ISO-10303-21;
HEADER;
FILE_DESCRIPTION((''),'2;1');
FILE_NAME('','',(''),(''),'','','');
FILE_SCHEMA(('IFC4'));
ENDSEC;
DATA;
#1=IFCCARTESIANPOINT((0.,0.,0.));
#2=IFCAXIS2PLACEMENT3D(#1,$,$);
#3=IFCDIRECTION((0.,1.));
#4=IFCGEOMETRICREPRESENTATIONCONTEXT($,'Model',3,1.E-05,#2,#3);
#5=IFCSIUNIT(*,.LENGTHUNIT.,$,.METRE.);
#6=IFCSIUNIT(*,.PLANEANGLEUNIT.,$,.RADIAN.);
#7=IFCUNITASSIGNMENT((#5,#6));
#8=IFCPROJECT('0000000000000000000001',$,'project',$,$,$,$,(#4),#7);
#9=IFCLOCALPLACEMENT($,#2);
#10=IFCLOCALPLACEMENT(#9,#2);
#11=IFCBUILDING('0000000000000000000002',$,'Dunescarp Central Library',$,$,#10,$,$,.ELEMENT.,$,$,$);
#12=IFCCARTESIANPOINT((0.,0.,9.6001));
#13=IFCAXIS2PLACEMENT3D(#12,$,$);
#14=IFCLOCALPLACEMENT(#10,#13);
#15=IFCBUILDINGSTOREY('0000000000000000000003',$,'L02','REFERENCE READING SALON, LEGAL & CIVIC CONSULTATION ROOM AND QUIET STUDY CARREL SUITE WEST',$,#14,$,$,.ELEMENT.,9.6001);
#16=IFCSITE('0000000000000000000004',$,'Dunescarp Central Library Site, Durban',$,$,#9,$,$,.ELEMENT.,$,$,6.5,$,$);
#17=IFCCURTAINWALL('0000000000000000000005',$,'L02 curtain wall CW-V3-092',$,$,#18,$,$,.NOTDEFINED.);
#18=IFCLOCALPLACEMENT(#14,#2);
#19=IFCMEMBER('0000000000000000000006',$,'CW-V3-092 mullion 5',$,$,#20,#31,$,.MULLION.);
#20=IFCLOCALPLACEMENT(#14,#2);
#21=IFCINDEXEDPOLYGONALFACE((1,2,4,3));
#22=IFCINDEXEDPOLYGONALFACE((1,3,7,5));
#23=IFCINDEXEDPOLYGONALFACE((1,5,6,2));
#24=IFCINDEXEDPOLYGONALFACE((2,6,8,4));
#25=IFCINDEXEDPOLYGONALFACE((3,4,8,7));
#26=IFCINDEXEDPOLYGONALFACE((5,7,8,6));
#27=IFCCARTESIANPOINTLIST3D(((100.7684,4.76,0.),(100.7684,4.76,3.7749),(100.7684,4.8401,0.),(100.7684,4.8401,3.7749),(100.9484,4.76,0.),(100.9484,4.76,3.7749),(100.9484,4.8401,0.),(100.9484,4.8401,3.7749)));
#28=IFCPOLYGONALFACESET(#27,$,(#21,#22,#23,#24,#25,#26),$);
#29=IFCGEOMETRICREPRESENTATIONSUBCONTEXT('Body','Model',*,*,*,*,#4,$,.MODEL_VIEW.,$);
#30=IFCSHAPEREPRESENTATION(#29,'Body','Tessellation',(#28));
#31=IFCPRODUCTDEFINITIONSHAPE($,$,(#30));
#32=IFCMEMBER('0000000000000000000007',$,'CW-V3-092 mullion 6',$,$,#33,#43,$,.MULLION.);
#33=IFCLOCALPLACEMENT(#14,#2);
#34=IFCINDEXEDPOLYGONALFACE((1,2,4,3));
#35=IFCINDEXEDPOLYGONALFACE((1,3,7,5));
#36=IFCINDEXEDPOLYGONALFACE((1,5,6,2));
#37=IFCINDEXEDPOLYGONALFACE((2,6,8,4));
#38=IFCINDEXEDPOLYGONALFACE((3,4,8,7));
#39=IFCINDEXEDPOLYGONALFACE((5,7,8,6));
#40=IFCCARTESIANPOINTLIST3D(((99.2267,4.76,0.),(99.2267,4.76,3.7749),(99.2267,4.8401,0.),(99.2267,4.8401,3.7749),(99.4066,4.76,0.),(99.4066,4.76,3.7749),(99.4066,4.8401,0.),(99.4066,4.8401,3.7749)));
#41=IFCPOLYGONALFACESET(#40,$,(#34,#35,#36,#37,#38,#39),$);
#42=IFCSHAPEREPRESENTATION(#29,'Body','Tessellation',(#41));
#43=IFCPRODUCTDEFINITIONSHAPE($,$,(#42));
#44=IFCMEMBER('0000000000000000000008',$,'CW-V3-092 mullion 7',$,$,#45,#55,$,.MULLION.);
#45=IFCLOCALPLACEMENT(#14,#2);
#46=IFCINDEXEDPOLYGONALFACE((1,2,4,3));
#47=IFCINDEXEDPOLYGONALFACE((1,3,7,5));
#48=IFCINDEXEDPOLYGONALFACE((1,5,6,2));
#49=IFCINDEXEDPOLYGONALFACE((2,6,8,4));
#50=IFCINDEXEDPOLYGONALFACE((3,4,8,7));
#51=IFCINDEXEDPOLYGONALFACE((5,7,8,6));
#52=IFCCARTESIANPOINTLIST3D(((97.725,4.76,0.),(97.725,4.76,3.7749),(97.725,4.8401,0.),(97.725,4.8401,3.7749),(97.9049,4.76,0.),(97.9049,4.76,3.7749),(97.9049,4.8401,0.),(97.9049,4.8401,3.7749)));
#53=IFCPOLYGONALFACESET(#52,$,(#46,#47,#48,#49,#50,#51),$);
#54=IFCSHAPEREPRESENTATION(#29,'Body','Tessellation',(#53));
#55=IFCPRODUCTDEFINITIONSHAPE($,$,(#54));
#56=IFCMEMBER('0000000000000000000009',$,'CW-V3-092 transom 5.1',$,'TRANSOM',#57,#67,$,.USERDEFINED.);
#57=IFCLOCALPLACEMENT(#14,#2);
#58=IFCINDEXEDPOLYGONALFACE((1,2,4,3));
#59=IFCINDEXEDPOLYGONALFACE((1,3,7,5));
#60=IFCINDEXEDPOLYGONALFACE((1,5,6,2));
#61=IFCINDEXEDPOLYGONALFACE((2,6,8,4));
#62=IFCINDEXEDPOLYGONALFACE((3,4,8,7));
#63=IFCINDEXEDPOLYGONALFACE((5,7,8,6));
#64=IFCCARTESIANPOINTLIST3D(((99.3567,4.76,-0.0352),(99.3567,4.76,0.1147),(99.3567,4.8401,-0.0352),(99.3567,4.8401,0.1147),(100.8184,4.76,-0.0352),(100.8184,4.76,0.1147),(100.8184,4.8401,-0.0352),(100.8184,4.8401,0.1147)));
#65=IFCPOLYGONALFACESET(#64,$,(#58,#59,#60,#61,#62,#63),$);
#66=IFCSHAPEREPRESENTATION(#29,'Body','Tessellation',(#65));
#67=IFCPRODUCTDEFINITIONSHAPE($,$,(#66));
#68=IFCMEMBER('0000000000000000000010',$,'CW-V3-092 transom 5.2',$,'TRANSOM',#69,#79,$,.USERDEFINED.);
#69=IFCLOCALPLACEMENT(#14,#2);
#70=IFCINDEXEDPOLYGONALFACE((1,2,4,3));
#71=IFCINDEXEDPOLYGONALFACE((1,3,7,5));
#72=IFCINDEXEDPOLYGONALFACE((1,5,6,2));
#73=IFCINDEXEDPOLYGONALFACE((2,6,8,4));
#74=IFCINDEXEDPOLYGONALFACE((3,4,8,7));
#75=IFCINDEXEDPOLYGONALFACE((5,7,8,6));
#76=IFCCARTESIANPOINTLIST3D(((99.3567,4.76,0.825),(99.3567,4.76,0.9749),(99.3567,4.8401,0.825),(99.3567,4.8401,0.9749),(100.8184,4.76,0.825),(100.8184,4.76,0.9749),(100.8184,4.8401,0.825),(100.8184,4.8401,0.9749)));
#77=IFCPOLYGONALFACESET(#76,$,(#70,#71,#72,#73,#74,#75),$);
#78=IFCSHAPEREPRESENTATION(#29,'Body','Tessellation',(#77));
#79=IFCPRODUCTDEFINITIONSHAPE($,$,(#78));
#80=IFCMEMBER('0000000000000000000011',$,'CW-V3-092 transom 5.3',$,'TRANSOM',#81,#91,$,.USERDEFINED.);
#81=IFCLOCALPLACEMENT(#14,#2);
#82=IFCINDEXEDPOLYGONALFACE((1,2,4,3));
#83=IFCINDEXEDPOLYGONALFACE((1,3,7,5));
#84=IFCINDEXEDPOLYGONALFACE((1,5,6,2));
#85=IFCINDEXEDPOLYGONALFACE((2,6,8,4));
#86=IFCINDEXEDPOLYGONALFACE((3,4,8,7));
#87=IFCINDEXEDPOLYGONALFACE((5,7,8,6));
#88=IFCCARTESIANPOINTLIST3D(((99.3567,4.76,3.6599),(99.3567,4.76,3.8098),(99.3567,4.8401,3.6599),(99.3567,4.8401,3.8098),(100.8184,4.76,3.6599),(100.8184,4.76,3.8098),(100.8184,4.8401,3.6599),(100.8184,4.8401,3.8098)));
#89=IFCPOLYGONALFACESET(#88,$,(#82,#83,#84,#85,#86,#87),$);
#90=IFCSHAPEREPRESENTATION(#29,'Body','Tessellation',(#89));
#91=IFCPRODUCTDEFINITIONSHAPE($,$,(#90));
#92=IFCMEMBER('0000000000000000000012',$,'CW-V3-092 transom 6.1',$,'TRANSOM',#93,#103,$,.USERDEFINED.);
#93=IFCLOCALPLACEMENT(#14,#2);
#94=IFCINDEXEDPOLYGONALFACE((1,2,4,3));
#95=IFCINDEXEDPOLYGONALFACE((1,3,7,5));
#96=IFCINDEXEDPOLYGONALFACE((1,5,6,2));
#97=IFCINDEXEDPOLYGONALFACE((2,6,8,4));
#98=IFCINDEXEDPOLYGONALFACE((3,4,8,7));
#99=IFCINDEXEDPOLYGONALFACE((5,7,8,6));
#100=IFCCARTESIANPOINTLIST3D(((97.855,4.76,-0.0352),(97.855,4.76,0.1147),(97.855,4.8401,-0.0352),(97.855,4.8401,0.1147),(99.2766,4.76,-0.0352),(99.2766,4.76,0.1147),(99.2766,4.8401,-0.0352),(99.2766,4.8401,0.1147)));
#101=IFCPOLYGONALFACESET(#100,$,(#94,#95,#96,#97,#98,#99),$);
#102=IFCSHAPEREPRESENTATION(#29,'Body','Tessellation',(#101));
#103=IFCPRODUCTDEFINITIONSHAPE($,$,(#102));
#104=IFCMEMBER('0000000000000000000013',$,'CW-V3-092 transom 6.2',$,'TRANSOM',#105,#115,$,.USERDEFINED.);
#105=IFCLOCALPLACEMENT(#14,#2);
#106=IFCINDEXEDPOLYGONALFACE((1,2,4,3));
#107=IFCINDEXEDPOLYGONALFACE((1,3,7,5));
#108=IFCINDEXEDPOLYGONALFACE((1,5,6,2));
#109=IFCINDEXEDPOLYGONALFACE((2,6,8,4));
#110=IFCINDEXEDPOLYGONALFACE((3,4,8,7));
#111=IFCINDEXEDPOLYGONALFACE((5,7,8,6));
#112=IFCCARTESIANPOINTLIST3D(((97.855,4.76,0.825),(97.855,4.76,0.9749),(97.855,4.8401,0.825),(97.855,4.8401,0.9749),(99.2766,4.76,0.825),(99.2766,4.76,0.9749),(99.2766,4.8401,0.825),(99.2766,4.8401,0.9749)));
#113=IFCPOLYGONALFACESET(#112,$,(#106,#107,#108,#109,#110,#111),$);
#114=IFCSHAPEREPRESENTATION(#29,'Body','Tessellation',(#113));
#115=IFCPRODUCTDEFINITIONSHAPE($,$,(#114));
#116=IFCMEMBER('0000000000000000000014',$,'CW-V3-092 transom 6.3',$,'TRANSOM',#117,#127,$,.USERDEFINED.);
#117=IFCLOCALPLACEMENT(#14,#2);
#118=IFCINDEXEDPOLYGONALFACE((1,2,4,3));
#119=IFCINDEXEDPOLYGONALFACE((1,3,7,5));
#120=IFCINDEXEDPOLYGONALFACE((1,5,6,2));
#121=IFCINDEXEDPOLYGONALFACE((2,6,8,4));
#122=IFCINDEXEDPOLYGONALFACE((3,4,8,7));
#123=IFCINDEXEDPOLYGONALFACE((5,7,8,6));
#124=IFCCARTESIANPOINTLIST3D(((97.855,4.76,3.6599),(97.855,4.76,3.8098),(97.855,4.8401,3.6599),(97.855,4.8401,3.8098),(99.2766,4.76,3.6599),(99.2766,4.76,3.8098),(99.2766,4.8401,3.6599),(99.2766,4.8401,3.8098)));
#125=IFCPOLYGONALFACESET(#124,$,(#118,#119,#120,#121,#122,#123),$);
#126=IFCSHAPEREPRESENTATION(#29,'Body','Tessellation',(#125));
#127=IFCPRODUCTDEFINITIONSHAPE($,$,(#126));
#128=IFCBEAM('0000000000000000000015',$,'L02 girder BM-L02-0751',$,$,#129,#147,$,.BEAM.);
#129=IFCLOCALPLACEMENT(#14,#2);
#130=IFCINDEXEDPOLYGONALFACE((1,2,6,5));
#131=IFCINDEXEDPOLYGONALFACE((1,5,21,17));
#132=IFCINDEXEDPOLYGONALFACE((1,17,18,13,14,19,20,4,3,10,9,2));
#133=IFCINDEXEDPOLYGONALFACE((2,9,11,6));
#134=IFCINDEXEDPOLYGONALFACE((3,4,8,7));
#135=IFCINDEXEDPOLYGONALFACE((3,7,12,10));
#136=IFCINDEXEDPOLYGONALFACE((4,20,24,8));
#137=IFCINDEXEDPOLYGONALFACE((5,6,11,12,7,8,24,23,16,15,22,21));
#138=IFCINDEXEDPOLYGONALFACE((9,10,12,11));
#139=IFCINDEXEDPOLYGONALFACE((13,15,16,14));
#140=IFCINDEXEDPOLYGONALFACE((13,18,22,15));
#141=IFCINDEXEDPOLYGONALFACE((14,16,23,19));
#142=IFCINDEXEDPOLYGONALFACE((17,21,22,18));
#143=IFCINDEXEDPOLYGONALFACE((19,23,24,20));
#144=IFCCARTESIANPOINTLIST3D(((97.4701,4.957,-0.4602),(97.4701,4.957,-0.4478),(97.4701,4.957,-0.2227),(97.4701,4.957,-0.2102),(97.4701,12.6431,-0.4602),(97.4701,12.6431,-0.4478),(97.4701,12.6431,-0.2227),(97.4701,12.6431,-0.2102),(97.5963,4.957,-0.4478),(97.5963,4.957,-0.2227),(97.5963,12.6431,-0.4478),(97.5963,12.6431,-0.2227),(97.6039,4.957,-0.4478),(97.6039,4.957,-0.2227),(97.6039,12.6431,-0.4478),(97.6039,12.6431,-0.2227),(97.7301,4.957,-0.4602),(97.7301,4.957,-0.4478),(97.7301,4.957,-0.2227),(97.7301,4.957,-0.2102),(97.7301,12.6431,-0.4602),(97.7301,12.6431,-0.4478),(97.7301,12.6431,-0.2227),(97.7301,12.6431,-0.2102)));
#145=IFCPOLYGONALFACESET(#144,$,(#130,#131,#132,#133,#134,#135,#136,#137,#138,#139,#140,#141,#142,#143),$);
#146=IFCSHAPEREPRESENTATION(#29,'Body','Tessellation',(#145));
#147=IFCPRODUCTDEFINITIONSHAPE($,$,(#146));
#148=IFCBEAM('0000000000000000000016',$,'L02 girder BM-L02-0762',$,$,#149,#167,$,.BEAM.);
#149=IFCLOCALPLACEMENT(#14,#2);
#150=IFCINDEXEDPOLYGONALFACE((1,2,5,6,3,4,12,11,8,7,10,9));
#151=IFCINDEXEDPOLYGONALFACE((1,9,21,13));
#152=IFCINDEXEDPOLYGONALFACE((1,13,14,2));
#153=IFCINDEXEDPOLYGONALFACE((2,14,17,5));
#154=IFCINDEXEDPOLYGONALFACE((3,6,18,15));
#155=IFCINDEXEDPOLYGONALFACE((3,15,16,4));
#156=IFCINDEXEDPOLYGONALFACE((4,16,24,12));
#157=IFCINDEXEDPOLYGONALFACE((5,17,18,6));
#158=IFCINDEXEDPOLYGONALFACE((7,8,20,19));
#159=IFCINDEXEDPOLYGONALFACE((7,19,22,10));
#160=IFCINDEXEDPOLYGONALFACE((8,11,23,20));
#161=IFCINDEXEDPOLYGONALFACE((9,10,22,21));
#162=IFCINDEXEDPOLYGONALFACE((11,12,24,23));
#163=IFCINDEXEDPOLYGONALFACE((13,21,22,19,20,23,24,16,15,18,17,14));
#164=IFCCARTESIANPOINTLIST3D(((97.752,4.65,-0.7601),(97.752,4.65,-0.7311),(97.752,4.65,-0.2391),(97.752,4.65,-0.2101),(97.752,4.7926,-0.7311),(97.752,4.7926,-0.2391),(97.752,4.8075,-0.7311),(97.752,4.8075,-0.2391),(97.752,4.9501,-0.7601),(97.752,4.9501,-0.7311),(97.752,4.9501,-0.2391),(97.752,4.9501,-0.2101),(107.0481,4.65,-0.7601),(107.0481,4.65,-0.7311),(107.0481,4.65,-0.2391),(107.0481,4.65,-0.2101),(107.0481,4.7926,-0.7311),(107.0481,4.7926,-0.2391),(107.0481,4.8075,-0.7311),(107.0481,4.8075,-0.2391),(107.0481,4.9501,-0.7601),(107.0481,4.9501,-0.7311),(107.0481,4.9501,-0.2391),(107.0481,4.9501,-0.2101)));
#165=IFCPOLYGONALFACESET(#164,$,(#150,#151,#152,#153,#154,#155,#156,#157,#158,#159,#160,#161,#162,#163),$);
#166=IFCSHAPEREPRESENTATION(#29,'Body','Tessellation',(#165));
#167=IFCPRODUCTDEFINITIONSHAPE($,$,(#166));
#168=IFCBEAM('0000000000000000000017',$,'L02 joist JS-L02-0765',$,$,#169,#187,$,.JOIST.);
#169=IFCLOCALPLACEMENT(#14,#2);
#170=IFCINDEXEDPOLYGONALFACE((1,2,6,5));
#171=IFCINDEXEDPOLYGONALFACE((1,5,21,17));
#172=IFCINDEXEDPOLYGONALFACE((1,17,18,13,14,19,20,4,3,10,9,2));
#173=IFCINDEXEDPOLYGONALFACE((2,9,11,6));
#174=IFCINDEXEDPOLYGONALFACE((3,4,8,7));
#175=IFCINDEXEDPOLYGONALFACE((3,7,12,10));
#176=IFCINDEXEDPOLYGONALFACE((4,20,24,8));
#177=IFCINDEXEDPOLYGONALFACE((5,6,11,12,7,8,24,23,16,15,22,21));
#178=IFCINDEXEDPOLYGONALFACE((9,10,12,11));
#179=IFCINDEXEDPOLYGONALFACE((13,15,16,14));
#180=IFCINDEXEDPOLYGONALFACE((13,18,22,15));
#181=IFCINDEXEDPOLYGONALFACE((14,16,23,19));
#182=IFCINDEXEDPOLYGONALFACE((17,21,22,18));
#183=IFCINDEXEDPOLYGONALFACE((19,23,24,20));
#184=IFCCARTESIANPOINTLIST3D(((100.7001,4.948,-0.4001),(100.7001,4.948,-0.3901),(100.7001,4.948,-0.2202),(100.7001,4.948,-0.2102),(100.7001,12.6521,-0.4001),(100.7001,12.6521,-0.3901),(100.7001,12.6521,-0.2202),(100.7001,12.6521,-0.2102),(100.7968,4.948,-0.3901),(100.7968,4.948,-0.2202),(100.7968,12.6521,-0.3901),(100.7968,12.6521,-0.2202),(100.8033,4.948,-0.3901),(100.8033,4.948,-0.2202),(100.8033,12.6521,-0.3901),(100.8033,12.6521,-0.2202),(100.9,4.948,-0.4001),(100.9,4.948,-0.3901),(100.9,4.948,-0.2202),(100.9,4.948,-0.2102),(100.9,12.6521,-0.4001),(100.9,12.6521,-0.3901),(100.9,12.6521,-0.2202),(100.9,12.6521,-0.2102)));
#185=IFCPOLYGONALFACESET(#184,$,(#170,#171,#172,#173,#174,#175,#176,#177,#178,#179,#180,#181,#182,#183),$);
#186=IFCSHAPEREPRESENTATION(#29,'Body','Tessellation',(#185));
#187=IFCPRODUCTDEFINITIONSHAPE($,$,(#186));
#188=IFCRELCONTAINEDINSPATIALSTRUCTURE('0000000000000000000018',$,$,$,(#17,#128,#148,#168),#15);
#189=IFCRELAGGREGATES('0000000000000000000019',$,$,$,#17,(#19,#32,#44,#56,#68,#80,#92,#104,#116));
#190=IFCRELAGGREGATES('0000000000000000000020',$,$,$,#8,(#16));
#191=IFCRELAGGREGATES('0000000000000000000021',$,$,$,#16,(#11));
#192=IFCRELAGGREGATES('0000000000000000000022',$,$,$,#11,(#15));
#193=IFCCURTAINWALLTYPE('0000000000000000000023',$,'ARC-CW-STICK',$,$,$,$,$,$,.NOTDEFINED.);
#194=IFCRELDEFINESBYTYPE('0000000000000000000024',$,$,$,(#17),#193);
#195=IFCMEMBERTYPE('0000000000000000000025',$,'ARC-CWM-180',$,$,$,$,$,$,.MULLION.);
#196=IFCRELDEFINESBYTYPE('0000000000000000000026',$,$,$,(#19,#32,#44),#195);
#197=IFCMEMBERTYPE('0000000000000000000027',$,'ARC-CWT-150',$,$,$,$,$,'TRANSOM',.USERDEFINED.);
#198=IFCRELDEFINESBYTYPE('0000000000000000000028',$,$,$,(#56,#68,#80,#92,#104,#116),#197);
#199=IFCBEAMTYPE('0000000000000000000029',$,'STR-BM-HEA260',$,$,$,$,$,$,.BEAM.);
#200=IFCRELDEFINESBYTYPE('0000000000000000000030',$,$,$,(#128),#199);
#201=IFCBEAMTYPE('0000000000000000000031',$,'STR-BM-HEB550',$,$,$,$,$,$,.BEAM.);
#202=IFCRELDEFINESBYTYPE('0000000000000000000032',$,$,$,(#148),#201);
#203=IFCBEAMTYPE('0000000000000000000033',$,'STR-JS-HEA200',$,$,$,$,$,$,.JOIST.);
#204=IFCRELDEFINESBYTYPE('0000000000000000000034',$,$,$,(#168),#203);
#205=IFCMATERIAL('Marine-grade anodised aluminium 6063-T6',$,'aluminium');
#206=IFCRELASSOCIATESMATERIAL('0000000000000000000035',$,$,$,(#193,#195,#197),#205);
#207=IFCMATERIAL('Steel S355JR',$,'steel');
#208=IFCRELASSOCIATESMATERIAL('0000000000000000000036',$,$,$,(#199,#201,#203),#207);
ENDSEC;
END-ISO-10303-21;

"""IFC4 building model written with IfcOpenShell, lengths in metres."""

from ifc_helpers import new_model, si_unit, direction, frame, origin, origin_2d, place, context, subcontext, project, spatial, rectangle, i_section, extrude, material, material_profile, profile_set, type_object, element, aggregate, save


model = new_model("IFC4")

# Units and contexts
model_context = context("Model", 3, precision=1e-05, world=origin(), true_north=direction((0.0, 1.0)))
body_context = subcontext(model_context, "Body", "Model", "MODEL_VIEW")
ifc_project = project(units=[si_unit("LENGTHUNIT", "METRE"), si_unit("PLANEANGLEUNIT", "RADIAN")], contexts=[model_context])

# Site, building, storey
site_placement = place(None, origin())
site = spatial("IfcSite", under=ifc_project, at=site_placement, Name="Dunescarp Central Library Site, Durban", CompositionType="ELEMENT", RefElevation=6.5)
building_placement = place(site_placement, origin())
building = spatial("IfcBuilding", under=site, at=building_placement, Name="Dunescarp Central Library", CompositionType="ELEMENT")
storey_placement = place(building_placement, frame((0.0, 0.0, 9.6001)))
storey = spatial("IfcBuildingStorey", under=building, at=storey_placement, Name="L02", Description="REFERENCE READING SALON, LEGAL & CIVIC CONSULTATION ROOM AND QUIET STUDY CARREL SUITE WEST", CompositionType="ELEMENT", Elevation=9.6001)

# Curtain wall, members
ifc_material_1 = material(Name="Marine-grade anodised aluminium 6063-T6", Category="aluminium")
curtain_wall_type = type_object("IfcCurtainWallType", Name="ARC-CW-STICK", PredefinedType="NOTDEFINED", material=ifc_material_1)
curtain_wall_placement = place(storey_placement, origin())
curtain_wall = element("IfcCurtainWall", 1, at=curtain_wall_placement, inside=storey, type_object=curtain_wall_type, Name="L02 curtain wall CW-V3-092", PredefinedType="NOTDEFINED")
ifc_material_profile_1 = material_profile(ifc_material_1, rectangle(XDim=0.0801, YDim=0.1799, at=origin_2d()), Name="AL 80x180")
ifc_profile_set_1 = profile_set([ifc_material_profile_1], Name="Marine-grade anodised aluminium 6063-T6")
member_type_1 = type_object("IfcMemberType", Name="ARC-CWM-180", PredefinedType="MULLION", material=ifc_profile_set_1)
member_1_placement = place(storey_placement, frame((100.8584, 4.8, 0.0), z_axis=(0.0, 0.0, 1.0), x_axis=(0.0, -1.0, 0.0)))
member_1 = element("IfcMember", 2, at=member_1_placement, type_object=member_type_1, Name="CW-V3-092 mullion 5", PredefinedType="MULLION", context=body_context, shape_type="SweptSolid", body=[
    extrude(rectangle(XDim=0.0801, YDim=0.1799, at=origin_2d()), origin(), (0.0, 0.0, 1.0), 3.7749),
])
member_2_placement = place(storey_placement, frame((99.3167, 4.8, 0.0), z_axis=(0.0, 0.0, 1.0), x_axis=(0.0, -1.0, 0.0)))
member_2 = element("IfcMember", 3, at=member_2_placement, type_object=member_type_1, Name="CW-V3-092 mullion 6", PredefinedType="MULLION", context=body_context, shape_type="SweptSolid", body=[
    extrude(rectangle(XDim=0.0801, YDim=0.1799, at=origin_2d()), origin(), (0.0, 0.0, 1.0), 3.7749),
])
member_3_placement = place(storey_placement, frame((97.8149, 4.8, 0.0), z_axis=(0.0, 0.0, 1.0), x_axis=(0.0, -1.0, 0.0)))
member_3 = element("IfcMember", 4, at=member_3_placement, type_object=member_type_1, Name="CW-V3-092 mullion 7", PredefinedType="MULLION", context=body_context, shape_type="SweptSolid", body=[
    extrude(rectangle(XDim=0.0801, YDim=0.1799, at=origin_2d()), origin(), (0.0, 0.0, 1.0), 3.7749),
])
ifc_material_profile_2 = material_profile(ifc_material_1, rectangle(XDim=0.0801, YDim=0.1499, at=origin_2d()), Name="AL 80x150")
ifc_profile_set_2 = profile_set([ifc_material_profile_2], Name="Marine-grade anodised aluminium 6063-T6")
member_type_2 = type_object("IfcMemberType", Name="ARC-CWT-150", ElementType="TRANSOM", PredefinedType="USERDEFINED", material=ifc_profile_set_2)
member_4_placement = place(storey_placement, frame((100.8184, 4.8, 0.0398), z_axis=(-1.0, 0.0, 0.0), x_axis=(0.0, -1.0, 0.0)))
member_4 = element("IfcMember", 5, at=member_4_placement, type_object=member_type_2, Name="CW-V3-092 transom 5.1", ObjectType="TRANSOM", PredefinedType="USERDEFINED", context=body_context, shape_type="SweptSolid", body=[
    extrude(rectangle(XDim=0.0801, YDim=0.1499, at=origin_2d()), origin(), (0.0, 0.0, 1.0), 1.4617),
])
member_5_placement = place(storey_placement, frame((100.8184, 4.8, 0.8999), z_axis=(-1.0, 0.0, 0.0), x_axis=(0.0, -1.0, 0.0)))
member_5 = element("IfcMember", 6, at=member_5_placement, type_object=member_type_2, Name="CW-V3-092 transom 5.2", ObjectType="TRANSOM", PredefinedType="USERDEFINED", context=body_context, shape_type="SweptSolid", body=[
    extrude(rectangle(XDim=0.0801, YDim=0.1499, at=origin_2d()), origin(), (0.0, 0.0, 1.0), 1.4617),
])
member_6_placement = place(storey_placement, frame((100.8184, 4.8, 3.7349), z_axis=(-1.0, 0.0, 0.0), x_axis=(0.0, -1.0, 0.0)))
member_6 = element("IfcMember", 7, at=member_6_placement, type_object=member_type_2, Name="CW-V3-092 transom 5.3", ObjectType="TRANSOM", PredefinedType="USERDEFINED", context=body_context, shape_type="SweptSolid", body=[
    extrude(rectangle(XDim=0.0801, YDim=0.1499, at=origin_2d()), origin(), (0.0, 0.0, 1.0), 1.4617),
])
member_7_placement = place(storey_placement, frame((99.2766, 4.8, 0.0398), z_axis=(-1.0, 0.0, 0.0), x_axis=(0.0, -1.0, 0.0)))
member_7 = element("IfcMember", 8, at=member_7_placement, type_object=member_type_2, Name="CW-V3-092 transom 6.1", ObjectType="TRANSOM", PredefinedType="USERDEFINED", context=body_context, shape_type="SweptSolid", body=[
    extrude(rectangle(XDim=0.0801, YDim=0.1499, at=origin_2d()), origin(), (0.0, 0.0, 1.0), 1.4216),
])
member_8_placement = place(storey_placement, frame((99.2766, 4.8, 0.8999), z_axis=(-1.0, 0.0, 0.0), x_axis=(0.0, -1.0, 0.0)))
member_8 = element("IfcMember", 9, at=member_8_placement, type_object=member_type_2, Name="CW-V3-092 transom 6.2", ObjectType="TRANSOM", PredefinedType="USERDEFINED", context=body_context, shape_type="SweptSolid", body=[
    extrude(rectangle(XDim=0.0801, YDim=0.1499, at=origin_2d()), origin(), (0.0, 0.0, 1.0), 1.4216),
])
member_9_placement = place(storey_placement, frame((99.2766, 4.8, 3.7349), z_axis=(-1.0, 0.0, 0.0), x_axis=(0.0, -1.0, 0.0)))
member_9 = element("IfcMember", 10, at=member_9_placement, type_object=member_type_2, Name="CW-V3-092 transom 6.3", ObjectType="TRANSOM", PredefinedType="USERDEFINED", context=body_context, shape_type="SweptSolid", body=[
    extrude(rectangle(XDim=0.0801, YDim=0.1499, at=origin_2d()), origin(), (0.0, 0.0, 1.0), 1.4216),
])

# Beams
ifc_material_2 = material(Name="Steel S355JR", Category="steel")
ifc_material_profile_3 = material_profile(ifc_material_2, i_section(OverallWidth=0.26, OverallDepth=0.25, WebThickness=0.0076, FlangeThickness=0.0125, at=origin_2d()), Name="HEA 260")
ifc_profile_set_3 = profile_set([ifc_material_profile_3], Name="Steel S355JR")
beam_type_1 = type_object("IfcBeamType", Name="STR-BM-HEA260", PredefinedType="BEAM", material=ifc_profile_set_3)
beam_1_placement = place(storey_placement, frame((97.6001, 4.957, -0.3352), z_axis=(0.0, 1.0, 0.0), x_axis=(-1.0, 0.0, 0.0)))
element("IfcBeam", 11, at=beam_1_placement, inside=storey, type_object=beam_type_1, Name="L02 girder BM-L02-0751", PredefinedType="BEAM", context=body_context, shape_type="SweptSolid", body=[
    extrude(i_section(OverallWidth=0.26, OverallDepth=0.25, WebThickness=0.0076, FlangeThickness=0.0125, at=origin_2d()), origin(), (0.0, 0.0, 1.0), 7.686),
])
ifc_material_profile_4 = material_profile(ifc_material_2, i_section(OverallWidth=0.3, OverallDepth=0.55, WebThickness=0.0149, FlangeThickness=0.0291, at=origin_2d()), Name="HEB 550")
ifc_profile_set_4 = profile_set([ifc_material_profile_4], Name="Steel S355JR")
beam_type_2 = type_object("IfcBeamType", Name="STR-BM-HEB550", PredefinedType="BEAM", material=ifc_profile_set_4)
beam_2_placement = place(storey_placement, frame((97.752, 4.8, -0.4851), z_axis=(1.0, 0.0, 0.0), x_axis=(0.0, 1.0, 0.0)))
element("IfcBeam", 12, at=beam_2_placement, inside=storey, type_object=beam_type_2, Name="L02 girder BM-L02-0762", PredefinedType="BEAM", context=body_context, shape_type="SweptSolid", body=[
    extrude(i_section(OverallWidth=0.3, OverallDepth=0.55, WebThickness=0.0149, FlangeThickness=0.0291, at=origin_2d()), origin(), (0.0, 0.0, 1.0), 9.2961),
])
ifc_material_profile_5 = material_profile(ifc_material_2, i_section(OverallWidth=0.2, OverallDepth=0.1899, WebThickness=0.0066, FlangeThickness=0.01, at=origin_2d()), Name="HEA 200")
ifc_profile_set_5 = profile_set([ifc_material_profile_5], Name="Steel S355JR")
beam_type_3 = type_object("IfcBeamType", Name="STR-JS-HEA200", PredefinedType="JOIST", material=ifc_profile_set_5)
beam_3_placement = place(storey_placement, frame((100.8, 4.948, -0.3052), z_axis=(0.0, 1.0, 0.0), x_axis=(-1.0, 0.0, 0.0)))
element("IfcBeam", 13, at=beam_3_placement, inside=storey, type_object=beam_type_3, Name="L02 joist JS-L02-0765", PredefinedType="JOIST", context=body_context, shape_type="SweptSolid", body=[
    extrude(i_section(OverallWidth=0.2, OverallDepth=0.1899, WebThickness=0.0066, FlangeThickness=0.01, at=origin_2d()), origin(), (0.0, 0.0, 1.0), 7.7041),
])

aggregate(curtain_wall, [member_1, member_2, member_3, member_4, member_5, member_6, member_7, member_8, member_9])

save(model, "model.ifc")
